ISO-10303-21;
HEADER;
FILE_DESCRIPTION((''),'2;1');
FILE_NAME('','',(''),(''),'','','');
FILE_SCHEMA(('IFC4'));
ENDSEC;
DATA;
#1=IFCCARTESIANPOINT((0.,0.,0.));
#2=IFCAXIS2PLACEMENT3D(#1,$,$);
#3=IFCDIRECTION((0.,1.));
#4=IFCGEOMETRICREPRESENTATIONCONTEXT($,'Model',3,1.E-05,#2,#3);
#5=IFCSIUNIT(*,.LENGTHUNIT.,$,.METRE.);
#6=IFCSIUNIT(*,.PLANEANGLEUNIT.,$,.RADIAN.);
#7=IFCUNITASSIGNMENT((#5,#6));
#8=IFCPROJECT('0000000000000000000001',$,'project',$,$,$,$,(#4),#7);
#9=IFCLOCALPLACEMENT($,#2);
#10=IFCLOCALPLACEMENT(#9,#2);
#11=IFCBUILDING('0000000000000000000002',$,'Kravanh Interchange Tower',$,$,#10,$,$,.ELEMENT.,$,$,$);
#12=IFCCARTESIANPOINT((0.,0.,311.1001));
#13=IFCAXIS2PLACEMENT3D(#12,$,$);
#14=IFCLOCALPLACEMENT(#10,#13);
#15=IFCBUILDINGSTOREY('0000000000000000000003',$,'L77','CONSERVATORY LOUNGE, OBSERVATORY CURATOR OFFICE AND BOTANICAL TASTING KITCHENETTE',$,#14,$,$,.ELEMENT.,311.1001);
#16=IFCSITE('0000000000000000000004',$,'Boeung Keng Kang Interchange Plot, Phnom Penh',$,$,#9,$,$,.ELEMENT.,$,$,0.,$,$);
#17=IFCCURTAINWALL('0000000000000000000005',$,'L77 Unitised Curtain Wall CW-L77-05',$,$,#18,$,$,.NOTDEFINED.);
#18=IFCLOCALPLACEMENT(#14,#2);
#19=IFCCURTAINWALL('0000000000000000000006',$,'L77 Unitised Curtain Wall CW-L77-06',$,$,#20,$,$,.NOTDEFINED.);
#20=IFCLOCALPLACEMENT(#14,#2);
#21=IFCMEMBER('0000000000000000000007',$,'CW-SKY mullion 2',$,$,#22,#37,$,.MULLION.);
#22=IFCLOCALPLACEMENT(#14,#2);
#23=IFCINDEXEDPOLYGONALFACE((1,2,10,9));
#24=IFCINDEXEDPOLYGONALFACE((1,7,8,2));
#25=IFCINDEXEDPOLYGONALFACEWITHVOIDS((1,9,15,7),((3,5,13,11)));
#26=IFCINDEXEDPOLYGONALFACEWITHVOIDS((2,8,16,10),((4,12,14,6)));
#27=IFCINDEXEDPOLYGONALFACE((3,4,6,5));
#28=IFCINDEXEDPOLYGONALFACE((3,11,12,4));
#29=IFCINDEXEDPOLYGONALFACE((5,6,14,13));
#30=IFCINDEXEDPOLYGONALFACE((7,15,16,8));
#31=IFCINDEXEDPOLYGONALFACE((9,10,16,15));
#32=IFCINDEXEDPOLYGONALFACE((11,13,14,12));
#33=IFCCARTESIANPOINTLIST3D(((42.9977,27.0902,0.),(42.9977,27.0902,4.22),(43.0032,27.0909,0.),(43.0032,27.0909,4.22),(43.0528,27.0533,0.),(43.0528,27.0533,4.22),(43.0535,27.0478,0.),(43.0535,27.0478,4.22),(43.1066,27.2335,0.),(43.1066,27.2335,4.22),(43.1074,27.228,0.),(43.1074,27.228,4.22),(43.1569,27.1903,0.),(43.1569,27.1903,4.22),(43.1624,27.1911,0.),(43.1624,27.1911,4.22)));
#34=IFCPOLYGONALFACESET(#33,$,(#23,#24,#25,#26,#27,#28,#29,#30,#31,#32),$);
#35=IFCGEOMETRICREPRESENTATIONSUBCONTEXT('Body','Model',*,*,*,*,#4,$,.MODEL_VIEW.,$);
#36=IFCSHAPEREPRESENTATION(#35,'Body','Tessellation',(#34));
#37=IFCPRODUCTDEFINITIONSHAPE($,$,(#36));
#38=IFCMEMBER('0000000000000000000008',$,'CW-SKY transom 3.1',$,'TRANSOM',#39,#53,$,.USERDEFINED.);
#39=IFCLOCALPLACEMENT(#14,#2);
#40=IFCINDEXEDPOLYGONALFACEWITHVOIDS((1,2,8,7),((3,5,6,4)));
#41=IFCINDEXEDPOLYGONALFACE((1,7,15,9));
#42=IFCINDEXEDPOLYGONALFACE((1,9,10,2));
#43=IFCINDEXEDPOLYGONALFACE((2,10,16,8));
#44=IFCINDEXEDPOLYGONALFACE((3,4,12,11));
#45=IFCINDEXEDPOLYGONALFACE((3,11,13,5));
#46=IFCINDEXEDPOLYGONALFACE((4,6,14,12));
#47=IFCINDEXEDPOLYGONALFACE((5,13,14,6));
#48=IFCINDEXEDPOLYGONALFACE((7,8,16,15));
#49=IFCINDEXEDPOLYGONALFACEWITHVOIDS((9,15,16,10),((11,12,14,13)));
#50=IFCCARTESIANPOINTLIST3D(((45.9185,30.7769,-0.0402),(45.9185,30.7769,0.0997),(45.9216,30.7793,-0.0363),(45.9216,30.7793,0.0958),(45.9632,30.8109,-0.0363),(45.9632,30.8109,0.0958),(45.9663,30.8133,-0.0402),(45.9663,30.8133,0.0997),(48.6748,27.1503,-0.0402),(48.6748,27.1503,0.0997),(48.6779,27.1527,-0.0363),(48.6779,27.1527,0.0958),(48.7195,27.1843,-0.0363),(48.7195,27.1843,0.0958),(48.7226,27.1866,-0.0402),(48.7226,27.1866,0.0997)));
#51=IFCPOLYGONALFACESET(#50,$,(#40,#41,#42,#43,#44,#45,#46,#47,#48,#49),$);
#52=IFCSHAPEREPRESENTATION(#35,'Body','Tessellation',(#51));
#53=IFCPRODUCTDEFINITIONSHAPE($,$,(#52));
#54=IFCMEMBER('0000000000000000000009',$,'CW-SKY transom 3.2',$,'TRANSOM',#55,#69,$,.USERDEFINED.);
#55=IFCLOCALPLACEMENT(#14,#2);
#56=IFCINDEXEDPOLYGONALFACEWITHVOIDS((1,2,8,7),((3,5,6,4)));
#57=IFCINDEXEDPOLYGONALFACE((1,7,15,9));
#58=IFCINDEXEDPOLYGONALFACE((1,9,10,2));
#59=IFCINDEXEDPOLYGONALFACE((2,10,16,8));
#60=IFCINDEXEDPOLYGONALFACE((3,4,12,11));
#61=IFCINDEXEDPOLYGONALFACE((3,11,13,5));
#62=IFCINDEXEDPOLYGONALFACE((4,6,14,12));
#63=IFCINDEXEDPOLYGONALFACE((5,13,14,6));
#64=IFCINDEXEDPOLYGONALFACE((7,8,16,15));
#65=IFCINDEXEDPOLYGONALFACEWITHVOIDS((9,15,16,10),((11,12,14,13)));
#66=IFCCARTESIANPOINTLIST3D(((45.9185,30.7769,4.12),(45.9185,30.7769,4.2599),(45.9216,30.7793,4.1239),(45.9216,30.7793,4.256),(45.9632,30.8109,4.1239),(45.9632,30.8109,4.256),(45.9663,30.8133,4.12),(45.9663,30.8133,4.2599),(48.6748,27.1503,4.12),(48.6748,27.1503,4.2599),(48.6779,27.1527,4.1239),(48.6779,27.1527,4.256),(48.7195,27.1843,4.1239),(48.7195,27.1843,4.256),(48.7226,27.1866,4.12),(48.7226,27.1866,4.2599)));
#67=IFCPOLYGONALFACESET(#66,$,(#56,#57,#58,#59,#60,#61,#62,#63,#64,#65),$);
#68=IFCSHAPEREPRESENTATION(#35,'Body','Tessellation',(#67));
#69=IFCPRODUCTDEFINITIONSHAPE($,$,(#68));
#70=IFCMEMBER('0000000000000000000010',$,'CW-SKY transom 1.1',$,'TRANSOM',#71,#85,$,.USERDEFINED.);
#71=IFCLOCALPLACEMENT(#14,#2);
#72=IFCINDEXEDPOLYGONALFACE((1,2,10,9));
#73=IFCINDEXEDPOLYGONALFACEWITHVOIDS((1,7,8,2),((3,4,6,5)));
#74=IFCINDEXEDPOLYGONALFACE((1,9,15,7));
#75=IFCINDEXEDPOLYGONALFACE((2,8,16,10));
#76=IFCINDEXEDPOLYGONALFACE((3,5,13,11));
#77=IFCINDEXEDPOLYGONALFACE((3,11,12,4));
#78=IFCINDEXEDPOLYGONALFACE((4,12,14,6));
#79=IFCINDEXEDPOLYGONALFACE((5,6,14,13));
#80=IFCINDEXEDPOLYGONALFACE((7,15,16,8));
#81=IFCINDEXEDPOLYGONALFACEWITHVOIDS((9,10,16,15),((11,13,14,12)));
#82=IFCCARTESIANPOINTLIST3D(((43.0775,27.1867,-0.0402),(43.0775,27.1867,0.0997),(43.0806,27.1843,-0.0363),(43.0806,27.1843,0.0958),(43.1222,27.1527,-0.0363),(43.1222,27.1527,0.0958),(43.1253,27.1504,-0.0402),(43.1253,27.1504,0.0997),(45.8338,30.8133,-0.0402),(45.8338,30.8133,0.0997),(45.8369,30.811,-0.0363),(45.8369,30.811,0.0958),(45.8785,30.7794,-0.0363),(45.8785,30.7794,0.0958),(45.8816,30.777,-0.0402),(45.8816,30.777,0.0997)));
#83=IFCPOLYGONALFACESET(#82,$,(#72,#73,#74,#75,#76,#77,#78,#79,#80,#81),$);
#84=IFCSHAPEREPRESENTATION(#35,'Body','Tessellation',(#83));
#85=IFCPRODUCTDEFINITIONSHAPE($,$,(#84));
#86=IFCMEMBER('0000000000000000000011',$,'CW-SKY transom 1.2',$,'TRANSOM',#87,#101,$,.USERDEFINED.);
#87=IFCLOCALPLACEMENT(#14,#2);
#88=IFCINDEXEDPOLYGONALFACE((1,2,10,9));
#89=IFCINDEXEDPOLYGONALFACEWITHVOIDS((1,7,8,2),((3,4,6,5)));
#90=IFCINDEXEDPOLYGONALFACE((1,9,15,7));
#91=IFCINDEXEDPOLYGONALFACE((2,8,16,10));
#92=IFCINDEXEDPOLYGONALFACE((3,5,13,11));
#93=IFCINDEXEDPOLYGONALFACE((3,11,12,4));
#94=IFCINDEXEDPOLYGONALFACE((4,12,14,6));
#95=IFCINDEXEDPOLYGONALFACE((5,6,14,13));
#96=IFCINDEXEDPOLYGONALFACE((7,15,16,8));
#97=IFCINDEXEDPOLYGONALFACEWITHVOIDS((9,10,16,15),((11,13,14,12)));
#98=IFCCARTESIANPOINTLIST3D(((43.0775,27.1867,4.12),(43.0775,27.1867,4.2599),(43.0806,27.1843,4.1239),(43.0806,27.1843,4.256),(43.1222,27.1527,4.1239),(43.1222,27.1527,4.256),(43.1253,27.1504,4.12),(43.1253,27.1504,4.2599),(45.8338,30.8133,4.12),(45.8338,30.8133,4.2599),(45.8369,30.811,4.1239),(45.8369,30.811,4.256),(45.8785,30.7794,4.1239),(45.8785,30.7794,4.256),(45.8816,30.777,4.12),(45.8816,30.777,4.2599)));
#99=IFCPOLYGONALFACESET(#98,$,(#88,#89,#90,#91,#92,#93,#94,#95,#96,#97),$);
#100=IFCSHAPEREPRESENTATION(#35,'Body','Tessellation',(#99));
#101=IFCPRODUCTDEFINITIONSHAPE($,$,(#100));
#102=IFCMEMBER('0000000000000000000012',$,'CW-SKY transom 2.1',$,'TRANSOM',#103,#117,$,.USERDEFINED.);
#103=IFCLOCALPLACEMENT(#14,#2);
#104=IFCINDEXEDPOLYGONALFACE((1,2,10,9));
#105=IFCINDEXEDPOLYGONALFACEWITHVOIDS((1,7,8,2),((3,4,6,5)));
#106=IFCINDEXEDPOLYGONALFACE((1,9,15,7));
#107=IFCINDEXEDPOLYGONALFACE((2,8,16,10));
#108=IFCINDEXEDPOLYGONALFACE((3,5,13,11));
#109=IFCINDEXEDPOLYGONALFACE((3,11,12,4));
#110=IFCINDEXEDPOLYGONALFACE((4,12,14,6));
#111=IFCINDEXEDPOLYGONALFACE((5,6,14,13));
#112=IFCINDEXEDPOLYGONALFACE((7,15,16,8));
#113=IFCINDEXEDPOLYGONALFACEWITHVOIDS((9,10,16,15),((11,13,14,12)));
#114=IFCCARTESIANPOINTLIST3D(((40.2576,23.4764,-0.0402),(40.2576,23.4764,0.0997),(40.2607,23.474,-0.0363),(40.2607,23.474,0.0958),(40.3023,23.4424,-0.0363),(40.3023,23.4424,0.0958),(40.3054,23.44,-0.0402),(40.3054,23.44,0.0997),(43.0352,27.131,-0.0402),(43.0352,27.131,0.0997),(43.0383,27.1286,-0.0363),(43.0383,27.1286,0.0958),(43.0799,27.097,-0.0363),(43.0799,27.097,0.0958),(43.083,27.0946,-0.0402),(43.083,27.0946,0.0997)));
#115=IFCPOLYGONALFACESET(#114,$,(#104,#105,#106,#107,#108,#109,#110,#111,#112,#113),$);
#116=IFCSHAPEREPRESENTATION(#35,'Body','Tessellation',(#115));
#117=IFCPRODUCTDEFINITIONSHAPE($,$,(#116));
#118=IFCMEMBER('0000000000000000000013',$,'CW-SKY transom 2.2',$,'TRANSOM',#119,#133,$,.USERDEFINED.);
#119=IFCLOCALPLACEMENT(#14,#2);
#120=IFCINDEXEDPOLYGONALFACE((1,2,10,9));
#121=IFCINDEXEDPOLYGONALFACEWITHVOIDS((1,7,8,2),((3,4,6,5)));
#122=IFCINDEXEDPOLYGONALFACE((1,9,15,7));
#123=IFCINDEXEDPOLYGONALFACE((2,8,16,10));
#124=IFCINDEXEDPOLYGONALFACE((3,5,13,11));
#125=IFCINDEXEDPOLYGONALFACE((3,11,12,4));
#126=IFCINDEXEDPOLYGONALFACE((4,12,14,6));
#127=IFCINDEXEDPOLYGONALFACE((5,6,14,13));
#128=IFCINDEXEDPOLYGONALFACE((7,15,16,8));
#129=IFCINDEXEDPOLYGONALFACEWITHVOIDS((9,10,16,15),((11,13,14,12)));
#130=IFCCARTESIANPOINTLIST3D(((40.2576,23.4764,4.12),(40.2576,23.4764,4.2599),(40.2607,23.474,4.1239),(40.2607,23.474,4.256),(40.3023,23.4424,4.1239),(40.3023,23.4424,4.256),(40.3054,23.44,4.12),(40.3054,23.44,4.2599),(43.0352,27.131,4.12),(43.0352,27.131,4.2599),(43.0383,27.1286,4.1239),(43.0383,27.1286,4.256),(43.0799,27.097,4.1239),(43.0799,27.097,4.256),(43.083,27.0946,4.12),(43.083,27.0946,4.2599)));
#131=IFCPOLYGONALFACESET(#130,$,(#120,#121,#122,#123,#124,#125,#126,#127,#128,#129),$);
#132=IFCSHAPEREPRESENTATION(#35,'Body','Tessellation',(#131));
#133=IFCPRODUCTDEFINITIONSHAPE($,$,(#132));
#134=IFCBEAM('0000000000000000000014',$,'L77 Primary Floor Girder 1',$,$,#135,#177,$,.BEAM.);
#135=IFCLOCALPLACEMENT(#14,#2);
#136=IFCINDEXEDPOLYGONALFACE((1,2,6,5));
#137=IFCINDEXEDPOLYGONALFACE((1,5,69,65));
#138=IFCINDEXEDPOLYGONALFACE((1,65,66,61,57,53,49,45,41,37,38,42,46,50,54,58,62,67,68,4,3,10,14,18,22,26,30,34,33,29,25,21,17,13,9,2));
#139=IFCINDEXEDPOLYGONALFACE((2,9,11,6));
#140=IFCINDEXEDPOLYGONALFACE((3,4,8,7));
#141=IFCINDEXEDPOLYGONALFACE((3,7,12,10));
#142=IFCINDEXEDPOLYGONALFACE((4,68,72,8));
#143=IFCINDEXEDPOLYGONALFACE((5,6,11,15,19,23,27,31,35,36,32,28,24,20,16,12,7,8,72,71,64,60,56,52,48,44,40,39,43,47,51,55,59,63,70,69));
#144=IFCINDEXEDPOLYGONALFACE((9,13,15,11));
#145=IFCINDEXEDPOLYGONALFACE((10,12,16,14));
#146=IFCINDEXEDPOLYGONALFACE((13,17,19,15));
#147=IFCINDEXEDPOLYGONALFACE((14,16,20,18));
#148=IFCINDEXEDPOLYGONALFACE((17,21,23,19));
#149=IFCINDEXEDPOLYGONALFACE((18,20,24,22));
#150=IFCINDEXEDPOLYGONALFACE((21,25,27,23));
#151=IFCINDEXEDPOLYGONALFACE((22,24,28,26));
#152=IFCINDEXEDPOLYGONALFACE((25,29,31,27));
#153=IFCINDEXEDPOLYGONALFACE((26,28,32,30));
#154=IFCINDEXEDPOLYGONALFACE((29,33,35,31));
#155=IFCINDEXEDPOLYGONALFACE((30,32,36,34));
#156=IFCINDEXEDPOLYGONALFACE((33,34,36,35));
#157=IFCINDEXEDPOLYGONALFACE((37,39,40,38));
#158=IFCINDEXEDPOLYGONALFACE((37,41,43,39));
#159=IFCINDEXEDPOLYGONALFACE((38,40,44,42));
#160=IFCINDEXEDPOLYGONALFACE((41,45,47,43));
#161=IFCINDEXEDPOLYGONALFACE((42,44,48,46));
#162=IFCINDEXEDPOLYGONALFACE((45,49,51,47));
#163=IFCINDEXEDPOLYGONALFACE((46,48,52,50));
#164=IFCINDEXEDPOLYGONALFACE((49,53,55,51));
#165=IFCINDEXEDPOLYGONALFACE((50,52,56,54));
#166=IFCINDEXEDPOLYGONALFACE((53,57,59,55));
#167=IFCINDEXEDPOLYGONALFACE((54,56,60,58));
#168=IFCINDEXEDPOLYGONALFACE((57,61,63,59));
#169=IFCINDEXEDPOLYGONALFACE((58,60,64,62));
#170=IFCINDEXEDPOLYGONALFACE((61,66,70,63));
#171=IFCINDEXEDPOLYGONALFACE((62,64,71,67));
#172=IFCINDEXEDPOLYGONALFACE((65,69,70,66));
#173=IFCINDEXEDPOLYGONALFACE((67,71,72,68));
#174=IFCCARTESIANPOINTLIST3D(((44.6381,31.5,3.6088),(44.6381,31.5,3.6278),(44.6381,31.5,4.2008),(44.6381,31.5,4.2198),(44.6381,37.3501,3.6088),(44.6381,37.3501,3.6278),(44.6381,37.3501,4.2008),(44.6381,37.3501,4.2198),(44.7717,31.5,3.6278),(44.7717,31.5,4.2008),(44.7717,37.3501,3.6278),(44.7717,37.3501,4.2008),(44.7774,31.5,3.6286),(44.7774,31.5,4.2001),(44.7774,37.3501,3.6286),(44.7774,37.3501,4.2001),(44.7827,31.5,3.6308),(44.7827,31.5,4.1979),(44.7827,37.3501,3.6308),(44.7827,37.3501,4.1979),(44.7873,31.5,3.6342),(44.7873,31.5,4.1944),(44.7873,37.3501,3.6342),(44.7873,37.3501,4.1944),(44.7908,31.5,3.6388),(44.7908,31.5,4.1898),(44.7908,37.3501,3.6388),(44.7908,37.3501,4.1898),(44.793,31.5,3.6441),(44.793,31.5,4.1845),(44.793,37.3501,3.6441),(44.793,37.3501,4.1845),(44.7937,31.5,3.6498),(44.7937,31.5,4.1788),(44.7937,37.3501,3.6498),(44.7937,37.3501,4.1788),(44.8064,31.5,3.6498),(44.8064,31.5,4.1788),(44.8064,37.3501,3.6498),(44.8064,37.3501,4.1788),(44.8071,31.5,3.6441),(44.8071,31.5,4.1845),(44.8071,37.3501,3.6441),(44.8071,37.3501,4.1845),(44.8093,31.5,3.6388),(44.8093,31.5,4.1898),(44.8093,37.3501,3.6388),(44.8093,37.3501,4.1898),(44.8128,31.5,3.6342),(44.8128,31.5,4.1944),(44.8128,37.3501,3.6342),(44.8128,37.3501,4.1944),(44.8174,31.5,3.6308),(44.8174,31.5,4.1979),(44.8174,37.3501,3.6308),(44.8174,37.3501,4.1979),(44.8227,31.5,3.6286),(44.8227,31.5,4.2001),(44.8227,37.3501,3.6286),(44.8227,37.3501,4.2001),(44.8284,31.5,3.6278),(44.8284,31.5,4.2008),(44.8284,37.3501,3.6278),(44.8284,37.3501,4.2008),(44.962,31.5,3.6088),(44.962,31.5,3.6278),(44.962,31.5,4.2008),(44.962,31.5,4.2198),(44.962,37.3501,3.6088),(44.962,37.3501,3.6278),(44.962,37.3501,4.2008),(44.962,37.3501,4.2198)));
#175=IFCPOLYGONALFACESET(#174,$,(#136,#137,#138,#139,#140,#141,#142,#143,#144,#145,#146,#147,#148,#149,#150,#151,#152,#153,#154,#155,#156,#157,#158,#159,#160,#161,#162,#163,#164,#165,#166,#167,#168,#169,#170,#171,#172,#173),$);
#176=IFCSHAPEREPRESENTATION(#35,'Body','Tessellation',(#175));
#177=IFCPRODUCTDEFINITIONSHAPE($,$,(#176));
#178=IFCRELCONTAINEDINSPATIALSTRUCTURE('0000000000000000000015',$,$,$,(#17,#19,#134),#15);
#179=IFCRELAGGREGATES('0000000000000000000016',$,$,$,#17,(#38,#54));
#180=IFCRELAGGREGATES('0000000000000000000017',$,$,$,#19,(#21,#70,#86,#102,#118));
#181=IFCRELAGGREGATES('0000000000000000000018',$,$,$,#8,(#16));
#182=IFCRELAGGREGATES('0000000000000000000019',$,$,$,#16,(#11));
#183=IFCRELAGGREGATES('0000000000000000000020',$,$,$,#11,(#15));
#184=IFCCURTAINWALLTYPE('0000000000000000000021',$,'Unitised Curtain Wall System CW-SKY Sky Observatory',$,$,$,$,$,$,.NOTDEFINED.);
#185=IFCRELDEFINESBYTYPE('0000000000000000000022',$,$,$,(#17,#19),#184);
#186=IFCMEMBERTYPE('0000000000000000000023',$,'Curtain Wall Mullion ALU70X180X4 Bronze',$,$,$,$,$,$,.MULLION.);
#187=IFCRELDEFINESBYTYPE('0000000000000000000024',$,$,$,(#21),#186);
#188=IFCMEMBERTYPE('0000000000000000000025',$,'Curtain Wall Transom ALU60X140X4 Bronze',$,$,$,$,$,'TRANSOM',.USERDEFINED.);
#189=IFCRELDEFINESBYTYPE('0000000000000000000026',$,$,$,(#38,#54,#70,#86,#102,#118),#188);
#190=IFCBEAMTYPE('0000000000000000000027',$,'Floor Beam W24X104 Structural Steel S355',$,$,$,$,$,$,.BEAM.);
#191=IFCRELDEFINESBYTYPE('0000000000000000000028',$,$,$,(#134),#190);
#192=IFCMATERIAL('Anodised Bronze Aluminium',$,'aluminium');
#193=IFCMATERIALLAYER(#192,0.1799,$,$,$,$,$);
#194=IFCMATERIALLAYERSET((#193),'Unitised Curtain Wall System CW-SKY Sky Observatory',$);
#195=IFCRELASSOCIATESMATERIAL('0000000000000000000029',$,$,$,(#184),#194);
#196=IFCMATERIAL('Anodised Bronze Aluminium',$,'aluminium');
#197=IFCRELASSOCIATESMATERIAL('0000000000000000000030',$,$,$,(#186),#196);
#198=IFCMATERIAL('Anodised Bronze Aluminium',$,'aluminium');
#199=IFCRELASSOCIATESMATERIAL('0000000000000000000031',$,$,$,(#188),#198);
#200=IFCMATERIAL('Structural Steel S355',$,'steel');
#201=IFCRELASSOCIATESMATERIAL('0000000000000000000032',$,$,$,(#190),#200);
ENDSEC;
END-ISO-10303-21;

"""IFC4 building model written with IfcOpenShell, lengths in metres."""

from ifc_helpers import new_model, si_unit, direction, frame, origin, origin_2d, place, context, subcontext, project, spatial, hollow_rectangle, i_section, extrude, material, layer, layer_set, material_profile, profile_set, type_object, element, aggregate, save


model = new_model("IFC4")

# Units and contexts
model_context = context("Model", 3, precision=1e-05, world=origin(), true_north=direction((0.0, 1.0)))
body_context = subcontext(model_context, "Body", "Model", "MODEL_VIEW")
ifc_project = project(units=[si_unit("LENGTHUNIT", "METRE"), si_unit("PLANEANGLEUNIT", "RADIAN")], contexts=[model_context])

# Site, building, storey
site_placement = place(None, origin())
site = spatial("IfcSite", under=ifc_project, at=site_placement, Name="Boeung Keng Kang Interchange Plot, Phnom Penh", CompositionType="ELEMENT", RefElevation=0.0)
building_placement = place(site_placement, origin())
building = spatial("IfcBuilding", under=site, at=building_placement, Name="Kravanh Interchange Tower", CompositionType="ELEMENT")
storey_placement = place(building_placement, frame((0.0, 0.0, 311.1001)))
storey = spatial("IfcBuildingStorey", under=building, at=storey_placement, Name="L77", Description="CONSERVATORY LOUNGE, OBSERVATORY CURATOR OFFICE AND BOTANICAL TASTING KITCHENETTE", CompositionType="ELEMENT", Elevation=311.1001)

# Curtain walls, member
ifc_material_1 = material(Name="Anodised Bronze Aluminium", Category="aluminium")
ifc_layer_1 = layer(ifc_material_1, 0.1799)
ifc_layer_set_1 = layer_set([ifc_layer_1], Name="Unitised Curtain Wall System CW-SKY Sky Observatory")
curtain_wall_type = type_object("IfcCurtainWallType", Name="Unitised Curtain Wall System CW-SKY Sky Observatory", PredefinedType="NOTDEFINED", material=ifc_layer_set_1)
curtain_wall_1_placement = place(storey_placement, origin())
curtain_wall_1 = element("IfcCurtainWall", 1, at=curtain_wall_1_placement, inside=storey, type_object=curtain_wall_type, Name="L77 Unitised Curtain Wall CW-L77-05", PredefinedType="NOTDEFINED")
ifc_material_2 = material(Name="Anodised Bronze Aluminium", Category="aluminium")
ifc_material_profile_1 = material_profile(ifc_material_2, hollow_rectangle(XDim=0.0701, YDim=0.1799, WallThickness=0.0039, at=origin_2d()), Name="ALU70X180X4")
ifc_profile_set_1 = profile_set([ifc_material_profile_1], Name="Anodised Bronze Aluminium")
member_type_1 = type_object("IfcMemberType", Name="Curtain Wall Mullion ALU70X180X4 Bronze", PredefinedType="MULLION", material=ifc_profile_set_1)
curtain_wall_2_placement = place(storey_placement, origin())
curtain_wall_2 = element("IfcCurtainWall", 2, at=curtain_wall_2_placement, inside=storey, type_object=curtain_wall_type, Name="L77 Unitised Curtain Wall CW-L77-06", PredefinedType="NOTDEFINED")
member_1_placement = place(storey_placement, frame((43.0801, 27.1406, 0.0), z_axis=(0.0, 0.0, 1.0), x_axis=(0.796162, -0.605084, 0.0)))
member_1 = element("IfcMember", 3, at=member_1_placement, type_object=member_type_1, Name="CW-SKY mullion 2", PredefinedType="MULLION", context=body_context, shape_type="SweptSolid", body=[
    extrude(hollow_rectangle(XDim=0.0701, YDim=0.1799, WallThickness=0.0039, at=origin_2d()), origin(), (0.0, 0.0, 1.0), 4.22),
])

# Members
ifc_material_3 = material(Name="Anodised Bronze Aluminium", Category="aluminium")
ifc_material_profile_2 = material_profile(ifc_material_3, hollow_rectangle(XDim=0.0601, YDim=0.1399, WallThickness=0.0039, at=origin_2d()), Name="ALU60X140X4")
ifc_profile_set_2 = profile_set([ifc_material_profile_2], Name="Anodised Bronze Aluminium")
member_type_2 = type_object("IfcMemberType", Name="Curtain Wall Transom ALU60X140X4 Bronze", ElementType="TRANSOM", PredefinedType="USERDEFINED", material=ifc_profile_set_2)
member_2_placement = place(storey_placement, frame((48.6987, 27.1685, 0.0298), z_axis=(-0.60509, 0.796157, 0.0), x_axis=(-0.796157, -0.60509, 0.0)))
member_2 = element("IfcMember", 4, at=member_2_placement, type_object=member_type_2, Name="CW-SKY transom 3.1", ObjectType="TRANSOM", PredefinedType="USERDEFINED", context=body_context, shape_type="SweptSolid", body=[
    extrude(hollow_rectangle(XDim=0.0601, YDim=0.1399, WallThickness=0.0039, at=origin_2d()), origin(), (0.0, 0.0, 1.0), 4.5552),
])
member_3_placement = place(storey_placement, frame((48.6987, 27.1685, 4.1899), z_axis=(-0.60509, 0.796157, 0.0), x_axis=(-0.796157, -0.60509, 0.0)))
member_3 = element("IfcMember", 5, at=member_3_placement, type_object=member_type_2, Name="CW-SKY transom 3.2", ObjectType="TRANSOM", PredefinedType="USERDEFINED", context=body_context, shape_type="SweptSolid", body=[
    extrude(hollow_rectangle(XDim=0.0601, YDim=0.1399, WallThickness=0.0039, at=origin_2d()), origin(), (0.0, 0.0, 1.0), 4.5552),
])
member_4_placement = place(storey_placement, frame((45.8577, 30.7952, 0.0298), z_axis=(-0.60509, -0.796157, 0.0), x_axis=(0.796157, -0.60509, 0.0)))
member_4 = element("IfcMember", 6, at=member_4_placement, type_object=member_type_2, Name="CW-SKY transom 1.1", ObjectType="TRANSOM", PredefinedType="USERDEFINED", context=body_context, shape_type="SweptSolid", body=[
    extrude(hollow_rectangle(XDim=0.0601, YDim=0.1399, WallThickness=0.0039, at=origin_2d()), origin(), (0.0, 0.0, 1.0), 4.5552),
])
member_5_placement = place(storey_placement, frame((45.8577, 30.7952, 4.1899), z_axis=(-0.60509, -0.796157, 0.0), x_axis=(0.796157, -0.60509, 0.0)))
member_5 = element("IfcMember", 7, at=member_5_placement, type_object=member_type_2, Name="CW-SKY transom 1.2", ObjectType="TRANSOM", PredefinedType="USERDEFINED", context=body_context, shape_type="SweptSolid", body=[
    extrude(hollow_rectangle(XDim=0.0601, YDim=0.1399, WallThickness=0.0039, at=origin_2d()), origin(), (0.0, 0.0, 1.0), 4.5552),
])
member_6_placement = place(storey_placement, frame((43.0591, 27.1128, 0.0298), z_axis=(-0.605102, -0.796148, 0.0), x_axis=(0.796148, -0.605102, 0.0)))
member_6 = element("IfcMember", 8, at=member_6_placement, type_object=member_type_2, Name="CW-SKY transom 2.1", ObjectType="TRANSOM", PredefinedType="USERDEFINED", context=body_context, shape_type="SweptSolid", body=[
    extrude(hollow_rectangle(XDim=0.0601, YDim=0.1399, WallThickness=0.0039, at=origin_2d()), origin(), (0.0, 0.0, 1.0), 4.5903),
])
member_7_placement = place(storey_placement, frame((43.0591, 27.1128, 4.1899), z_axis=(-0.605102, -0.796148, 0.0), x_axis=(0.796148, -0.605102, 0.0)))
member_7 = element("IfcMember", 9, at=member_7_placement, type_object=member_type_2, Name="CW-SKY transom 2.2", ObjectType="TRANSOM", PredefinedType="USERDEFINED", context=body_context, shape_type="SweptSolid", body=[
    extrude(hollow_rectangle(XDim=0.0601, YDim=0.1399, WallThickness=0.0039, at=origin_2d()), origin(), (0.0, 0.0, 1.0), 4.5903),
])

# Beam
ifc_material_4 = material(Name="Structural Steel S355", Category="steel")
ifc_material_profile_3 = material_profile(ifc_material_4, i_section(OverallWidth=0.324, OverallDepth=0.6111, WebThickness=0.0127, FlangeThickness=0.019, FilletRadius=0.022, at=origin_2d()), Name="W24X104")
ifc_profile_set_3 = profile_set([ifc_material_profile_3], Name="Structural Steel S355")
beam_type_1 = type_object("IfcBeamType", Name="Floor Beam W24X104 Structural Steel S355", PredefinedType="BEAM", material=ifc_profile_set_3)
beam_1_placement = place(storey_placement, frame((44.8, 31.5, 3.9143), z_axis=(0.0, 1.0, 0.0), x_axis=(-1.0, 0.0, 0.0)))
element("IfcBeam", 10, at=beam_1_placement, inside=storey, type_object=beam_type_1, Name="L77 Primary Floor Girder 1", PredefinedType="BEAM", context=body_context, shape_type="SweptSolid", body=[
    extrude(i_section(OverallWidth=0.324, OverallDepth=0.6111, WebThickness=0.0127, FlangeThickness=0.019, FilletRadius=0.022, at=origin_2d()), origin(), (0.0, 0.0, 1.0), 5.8501),
])

aggregate(curtain_wall_1, [member_2, member_3])
aggregate(curtain_wall_2, [member_1, member_4, member_5, member_6, member_7])

save(model, "model.ifc")
